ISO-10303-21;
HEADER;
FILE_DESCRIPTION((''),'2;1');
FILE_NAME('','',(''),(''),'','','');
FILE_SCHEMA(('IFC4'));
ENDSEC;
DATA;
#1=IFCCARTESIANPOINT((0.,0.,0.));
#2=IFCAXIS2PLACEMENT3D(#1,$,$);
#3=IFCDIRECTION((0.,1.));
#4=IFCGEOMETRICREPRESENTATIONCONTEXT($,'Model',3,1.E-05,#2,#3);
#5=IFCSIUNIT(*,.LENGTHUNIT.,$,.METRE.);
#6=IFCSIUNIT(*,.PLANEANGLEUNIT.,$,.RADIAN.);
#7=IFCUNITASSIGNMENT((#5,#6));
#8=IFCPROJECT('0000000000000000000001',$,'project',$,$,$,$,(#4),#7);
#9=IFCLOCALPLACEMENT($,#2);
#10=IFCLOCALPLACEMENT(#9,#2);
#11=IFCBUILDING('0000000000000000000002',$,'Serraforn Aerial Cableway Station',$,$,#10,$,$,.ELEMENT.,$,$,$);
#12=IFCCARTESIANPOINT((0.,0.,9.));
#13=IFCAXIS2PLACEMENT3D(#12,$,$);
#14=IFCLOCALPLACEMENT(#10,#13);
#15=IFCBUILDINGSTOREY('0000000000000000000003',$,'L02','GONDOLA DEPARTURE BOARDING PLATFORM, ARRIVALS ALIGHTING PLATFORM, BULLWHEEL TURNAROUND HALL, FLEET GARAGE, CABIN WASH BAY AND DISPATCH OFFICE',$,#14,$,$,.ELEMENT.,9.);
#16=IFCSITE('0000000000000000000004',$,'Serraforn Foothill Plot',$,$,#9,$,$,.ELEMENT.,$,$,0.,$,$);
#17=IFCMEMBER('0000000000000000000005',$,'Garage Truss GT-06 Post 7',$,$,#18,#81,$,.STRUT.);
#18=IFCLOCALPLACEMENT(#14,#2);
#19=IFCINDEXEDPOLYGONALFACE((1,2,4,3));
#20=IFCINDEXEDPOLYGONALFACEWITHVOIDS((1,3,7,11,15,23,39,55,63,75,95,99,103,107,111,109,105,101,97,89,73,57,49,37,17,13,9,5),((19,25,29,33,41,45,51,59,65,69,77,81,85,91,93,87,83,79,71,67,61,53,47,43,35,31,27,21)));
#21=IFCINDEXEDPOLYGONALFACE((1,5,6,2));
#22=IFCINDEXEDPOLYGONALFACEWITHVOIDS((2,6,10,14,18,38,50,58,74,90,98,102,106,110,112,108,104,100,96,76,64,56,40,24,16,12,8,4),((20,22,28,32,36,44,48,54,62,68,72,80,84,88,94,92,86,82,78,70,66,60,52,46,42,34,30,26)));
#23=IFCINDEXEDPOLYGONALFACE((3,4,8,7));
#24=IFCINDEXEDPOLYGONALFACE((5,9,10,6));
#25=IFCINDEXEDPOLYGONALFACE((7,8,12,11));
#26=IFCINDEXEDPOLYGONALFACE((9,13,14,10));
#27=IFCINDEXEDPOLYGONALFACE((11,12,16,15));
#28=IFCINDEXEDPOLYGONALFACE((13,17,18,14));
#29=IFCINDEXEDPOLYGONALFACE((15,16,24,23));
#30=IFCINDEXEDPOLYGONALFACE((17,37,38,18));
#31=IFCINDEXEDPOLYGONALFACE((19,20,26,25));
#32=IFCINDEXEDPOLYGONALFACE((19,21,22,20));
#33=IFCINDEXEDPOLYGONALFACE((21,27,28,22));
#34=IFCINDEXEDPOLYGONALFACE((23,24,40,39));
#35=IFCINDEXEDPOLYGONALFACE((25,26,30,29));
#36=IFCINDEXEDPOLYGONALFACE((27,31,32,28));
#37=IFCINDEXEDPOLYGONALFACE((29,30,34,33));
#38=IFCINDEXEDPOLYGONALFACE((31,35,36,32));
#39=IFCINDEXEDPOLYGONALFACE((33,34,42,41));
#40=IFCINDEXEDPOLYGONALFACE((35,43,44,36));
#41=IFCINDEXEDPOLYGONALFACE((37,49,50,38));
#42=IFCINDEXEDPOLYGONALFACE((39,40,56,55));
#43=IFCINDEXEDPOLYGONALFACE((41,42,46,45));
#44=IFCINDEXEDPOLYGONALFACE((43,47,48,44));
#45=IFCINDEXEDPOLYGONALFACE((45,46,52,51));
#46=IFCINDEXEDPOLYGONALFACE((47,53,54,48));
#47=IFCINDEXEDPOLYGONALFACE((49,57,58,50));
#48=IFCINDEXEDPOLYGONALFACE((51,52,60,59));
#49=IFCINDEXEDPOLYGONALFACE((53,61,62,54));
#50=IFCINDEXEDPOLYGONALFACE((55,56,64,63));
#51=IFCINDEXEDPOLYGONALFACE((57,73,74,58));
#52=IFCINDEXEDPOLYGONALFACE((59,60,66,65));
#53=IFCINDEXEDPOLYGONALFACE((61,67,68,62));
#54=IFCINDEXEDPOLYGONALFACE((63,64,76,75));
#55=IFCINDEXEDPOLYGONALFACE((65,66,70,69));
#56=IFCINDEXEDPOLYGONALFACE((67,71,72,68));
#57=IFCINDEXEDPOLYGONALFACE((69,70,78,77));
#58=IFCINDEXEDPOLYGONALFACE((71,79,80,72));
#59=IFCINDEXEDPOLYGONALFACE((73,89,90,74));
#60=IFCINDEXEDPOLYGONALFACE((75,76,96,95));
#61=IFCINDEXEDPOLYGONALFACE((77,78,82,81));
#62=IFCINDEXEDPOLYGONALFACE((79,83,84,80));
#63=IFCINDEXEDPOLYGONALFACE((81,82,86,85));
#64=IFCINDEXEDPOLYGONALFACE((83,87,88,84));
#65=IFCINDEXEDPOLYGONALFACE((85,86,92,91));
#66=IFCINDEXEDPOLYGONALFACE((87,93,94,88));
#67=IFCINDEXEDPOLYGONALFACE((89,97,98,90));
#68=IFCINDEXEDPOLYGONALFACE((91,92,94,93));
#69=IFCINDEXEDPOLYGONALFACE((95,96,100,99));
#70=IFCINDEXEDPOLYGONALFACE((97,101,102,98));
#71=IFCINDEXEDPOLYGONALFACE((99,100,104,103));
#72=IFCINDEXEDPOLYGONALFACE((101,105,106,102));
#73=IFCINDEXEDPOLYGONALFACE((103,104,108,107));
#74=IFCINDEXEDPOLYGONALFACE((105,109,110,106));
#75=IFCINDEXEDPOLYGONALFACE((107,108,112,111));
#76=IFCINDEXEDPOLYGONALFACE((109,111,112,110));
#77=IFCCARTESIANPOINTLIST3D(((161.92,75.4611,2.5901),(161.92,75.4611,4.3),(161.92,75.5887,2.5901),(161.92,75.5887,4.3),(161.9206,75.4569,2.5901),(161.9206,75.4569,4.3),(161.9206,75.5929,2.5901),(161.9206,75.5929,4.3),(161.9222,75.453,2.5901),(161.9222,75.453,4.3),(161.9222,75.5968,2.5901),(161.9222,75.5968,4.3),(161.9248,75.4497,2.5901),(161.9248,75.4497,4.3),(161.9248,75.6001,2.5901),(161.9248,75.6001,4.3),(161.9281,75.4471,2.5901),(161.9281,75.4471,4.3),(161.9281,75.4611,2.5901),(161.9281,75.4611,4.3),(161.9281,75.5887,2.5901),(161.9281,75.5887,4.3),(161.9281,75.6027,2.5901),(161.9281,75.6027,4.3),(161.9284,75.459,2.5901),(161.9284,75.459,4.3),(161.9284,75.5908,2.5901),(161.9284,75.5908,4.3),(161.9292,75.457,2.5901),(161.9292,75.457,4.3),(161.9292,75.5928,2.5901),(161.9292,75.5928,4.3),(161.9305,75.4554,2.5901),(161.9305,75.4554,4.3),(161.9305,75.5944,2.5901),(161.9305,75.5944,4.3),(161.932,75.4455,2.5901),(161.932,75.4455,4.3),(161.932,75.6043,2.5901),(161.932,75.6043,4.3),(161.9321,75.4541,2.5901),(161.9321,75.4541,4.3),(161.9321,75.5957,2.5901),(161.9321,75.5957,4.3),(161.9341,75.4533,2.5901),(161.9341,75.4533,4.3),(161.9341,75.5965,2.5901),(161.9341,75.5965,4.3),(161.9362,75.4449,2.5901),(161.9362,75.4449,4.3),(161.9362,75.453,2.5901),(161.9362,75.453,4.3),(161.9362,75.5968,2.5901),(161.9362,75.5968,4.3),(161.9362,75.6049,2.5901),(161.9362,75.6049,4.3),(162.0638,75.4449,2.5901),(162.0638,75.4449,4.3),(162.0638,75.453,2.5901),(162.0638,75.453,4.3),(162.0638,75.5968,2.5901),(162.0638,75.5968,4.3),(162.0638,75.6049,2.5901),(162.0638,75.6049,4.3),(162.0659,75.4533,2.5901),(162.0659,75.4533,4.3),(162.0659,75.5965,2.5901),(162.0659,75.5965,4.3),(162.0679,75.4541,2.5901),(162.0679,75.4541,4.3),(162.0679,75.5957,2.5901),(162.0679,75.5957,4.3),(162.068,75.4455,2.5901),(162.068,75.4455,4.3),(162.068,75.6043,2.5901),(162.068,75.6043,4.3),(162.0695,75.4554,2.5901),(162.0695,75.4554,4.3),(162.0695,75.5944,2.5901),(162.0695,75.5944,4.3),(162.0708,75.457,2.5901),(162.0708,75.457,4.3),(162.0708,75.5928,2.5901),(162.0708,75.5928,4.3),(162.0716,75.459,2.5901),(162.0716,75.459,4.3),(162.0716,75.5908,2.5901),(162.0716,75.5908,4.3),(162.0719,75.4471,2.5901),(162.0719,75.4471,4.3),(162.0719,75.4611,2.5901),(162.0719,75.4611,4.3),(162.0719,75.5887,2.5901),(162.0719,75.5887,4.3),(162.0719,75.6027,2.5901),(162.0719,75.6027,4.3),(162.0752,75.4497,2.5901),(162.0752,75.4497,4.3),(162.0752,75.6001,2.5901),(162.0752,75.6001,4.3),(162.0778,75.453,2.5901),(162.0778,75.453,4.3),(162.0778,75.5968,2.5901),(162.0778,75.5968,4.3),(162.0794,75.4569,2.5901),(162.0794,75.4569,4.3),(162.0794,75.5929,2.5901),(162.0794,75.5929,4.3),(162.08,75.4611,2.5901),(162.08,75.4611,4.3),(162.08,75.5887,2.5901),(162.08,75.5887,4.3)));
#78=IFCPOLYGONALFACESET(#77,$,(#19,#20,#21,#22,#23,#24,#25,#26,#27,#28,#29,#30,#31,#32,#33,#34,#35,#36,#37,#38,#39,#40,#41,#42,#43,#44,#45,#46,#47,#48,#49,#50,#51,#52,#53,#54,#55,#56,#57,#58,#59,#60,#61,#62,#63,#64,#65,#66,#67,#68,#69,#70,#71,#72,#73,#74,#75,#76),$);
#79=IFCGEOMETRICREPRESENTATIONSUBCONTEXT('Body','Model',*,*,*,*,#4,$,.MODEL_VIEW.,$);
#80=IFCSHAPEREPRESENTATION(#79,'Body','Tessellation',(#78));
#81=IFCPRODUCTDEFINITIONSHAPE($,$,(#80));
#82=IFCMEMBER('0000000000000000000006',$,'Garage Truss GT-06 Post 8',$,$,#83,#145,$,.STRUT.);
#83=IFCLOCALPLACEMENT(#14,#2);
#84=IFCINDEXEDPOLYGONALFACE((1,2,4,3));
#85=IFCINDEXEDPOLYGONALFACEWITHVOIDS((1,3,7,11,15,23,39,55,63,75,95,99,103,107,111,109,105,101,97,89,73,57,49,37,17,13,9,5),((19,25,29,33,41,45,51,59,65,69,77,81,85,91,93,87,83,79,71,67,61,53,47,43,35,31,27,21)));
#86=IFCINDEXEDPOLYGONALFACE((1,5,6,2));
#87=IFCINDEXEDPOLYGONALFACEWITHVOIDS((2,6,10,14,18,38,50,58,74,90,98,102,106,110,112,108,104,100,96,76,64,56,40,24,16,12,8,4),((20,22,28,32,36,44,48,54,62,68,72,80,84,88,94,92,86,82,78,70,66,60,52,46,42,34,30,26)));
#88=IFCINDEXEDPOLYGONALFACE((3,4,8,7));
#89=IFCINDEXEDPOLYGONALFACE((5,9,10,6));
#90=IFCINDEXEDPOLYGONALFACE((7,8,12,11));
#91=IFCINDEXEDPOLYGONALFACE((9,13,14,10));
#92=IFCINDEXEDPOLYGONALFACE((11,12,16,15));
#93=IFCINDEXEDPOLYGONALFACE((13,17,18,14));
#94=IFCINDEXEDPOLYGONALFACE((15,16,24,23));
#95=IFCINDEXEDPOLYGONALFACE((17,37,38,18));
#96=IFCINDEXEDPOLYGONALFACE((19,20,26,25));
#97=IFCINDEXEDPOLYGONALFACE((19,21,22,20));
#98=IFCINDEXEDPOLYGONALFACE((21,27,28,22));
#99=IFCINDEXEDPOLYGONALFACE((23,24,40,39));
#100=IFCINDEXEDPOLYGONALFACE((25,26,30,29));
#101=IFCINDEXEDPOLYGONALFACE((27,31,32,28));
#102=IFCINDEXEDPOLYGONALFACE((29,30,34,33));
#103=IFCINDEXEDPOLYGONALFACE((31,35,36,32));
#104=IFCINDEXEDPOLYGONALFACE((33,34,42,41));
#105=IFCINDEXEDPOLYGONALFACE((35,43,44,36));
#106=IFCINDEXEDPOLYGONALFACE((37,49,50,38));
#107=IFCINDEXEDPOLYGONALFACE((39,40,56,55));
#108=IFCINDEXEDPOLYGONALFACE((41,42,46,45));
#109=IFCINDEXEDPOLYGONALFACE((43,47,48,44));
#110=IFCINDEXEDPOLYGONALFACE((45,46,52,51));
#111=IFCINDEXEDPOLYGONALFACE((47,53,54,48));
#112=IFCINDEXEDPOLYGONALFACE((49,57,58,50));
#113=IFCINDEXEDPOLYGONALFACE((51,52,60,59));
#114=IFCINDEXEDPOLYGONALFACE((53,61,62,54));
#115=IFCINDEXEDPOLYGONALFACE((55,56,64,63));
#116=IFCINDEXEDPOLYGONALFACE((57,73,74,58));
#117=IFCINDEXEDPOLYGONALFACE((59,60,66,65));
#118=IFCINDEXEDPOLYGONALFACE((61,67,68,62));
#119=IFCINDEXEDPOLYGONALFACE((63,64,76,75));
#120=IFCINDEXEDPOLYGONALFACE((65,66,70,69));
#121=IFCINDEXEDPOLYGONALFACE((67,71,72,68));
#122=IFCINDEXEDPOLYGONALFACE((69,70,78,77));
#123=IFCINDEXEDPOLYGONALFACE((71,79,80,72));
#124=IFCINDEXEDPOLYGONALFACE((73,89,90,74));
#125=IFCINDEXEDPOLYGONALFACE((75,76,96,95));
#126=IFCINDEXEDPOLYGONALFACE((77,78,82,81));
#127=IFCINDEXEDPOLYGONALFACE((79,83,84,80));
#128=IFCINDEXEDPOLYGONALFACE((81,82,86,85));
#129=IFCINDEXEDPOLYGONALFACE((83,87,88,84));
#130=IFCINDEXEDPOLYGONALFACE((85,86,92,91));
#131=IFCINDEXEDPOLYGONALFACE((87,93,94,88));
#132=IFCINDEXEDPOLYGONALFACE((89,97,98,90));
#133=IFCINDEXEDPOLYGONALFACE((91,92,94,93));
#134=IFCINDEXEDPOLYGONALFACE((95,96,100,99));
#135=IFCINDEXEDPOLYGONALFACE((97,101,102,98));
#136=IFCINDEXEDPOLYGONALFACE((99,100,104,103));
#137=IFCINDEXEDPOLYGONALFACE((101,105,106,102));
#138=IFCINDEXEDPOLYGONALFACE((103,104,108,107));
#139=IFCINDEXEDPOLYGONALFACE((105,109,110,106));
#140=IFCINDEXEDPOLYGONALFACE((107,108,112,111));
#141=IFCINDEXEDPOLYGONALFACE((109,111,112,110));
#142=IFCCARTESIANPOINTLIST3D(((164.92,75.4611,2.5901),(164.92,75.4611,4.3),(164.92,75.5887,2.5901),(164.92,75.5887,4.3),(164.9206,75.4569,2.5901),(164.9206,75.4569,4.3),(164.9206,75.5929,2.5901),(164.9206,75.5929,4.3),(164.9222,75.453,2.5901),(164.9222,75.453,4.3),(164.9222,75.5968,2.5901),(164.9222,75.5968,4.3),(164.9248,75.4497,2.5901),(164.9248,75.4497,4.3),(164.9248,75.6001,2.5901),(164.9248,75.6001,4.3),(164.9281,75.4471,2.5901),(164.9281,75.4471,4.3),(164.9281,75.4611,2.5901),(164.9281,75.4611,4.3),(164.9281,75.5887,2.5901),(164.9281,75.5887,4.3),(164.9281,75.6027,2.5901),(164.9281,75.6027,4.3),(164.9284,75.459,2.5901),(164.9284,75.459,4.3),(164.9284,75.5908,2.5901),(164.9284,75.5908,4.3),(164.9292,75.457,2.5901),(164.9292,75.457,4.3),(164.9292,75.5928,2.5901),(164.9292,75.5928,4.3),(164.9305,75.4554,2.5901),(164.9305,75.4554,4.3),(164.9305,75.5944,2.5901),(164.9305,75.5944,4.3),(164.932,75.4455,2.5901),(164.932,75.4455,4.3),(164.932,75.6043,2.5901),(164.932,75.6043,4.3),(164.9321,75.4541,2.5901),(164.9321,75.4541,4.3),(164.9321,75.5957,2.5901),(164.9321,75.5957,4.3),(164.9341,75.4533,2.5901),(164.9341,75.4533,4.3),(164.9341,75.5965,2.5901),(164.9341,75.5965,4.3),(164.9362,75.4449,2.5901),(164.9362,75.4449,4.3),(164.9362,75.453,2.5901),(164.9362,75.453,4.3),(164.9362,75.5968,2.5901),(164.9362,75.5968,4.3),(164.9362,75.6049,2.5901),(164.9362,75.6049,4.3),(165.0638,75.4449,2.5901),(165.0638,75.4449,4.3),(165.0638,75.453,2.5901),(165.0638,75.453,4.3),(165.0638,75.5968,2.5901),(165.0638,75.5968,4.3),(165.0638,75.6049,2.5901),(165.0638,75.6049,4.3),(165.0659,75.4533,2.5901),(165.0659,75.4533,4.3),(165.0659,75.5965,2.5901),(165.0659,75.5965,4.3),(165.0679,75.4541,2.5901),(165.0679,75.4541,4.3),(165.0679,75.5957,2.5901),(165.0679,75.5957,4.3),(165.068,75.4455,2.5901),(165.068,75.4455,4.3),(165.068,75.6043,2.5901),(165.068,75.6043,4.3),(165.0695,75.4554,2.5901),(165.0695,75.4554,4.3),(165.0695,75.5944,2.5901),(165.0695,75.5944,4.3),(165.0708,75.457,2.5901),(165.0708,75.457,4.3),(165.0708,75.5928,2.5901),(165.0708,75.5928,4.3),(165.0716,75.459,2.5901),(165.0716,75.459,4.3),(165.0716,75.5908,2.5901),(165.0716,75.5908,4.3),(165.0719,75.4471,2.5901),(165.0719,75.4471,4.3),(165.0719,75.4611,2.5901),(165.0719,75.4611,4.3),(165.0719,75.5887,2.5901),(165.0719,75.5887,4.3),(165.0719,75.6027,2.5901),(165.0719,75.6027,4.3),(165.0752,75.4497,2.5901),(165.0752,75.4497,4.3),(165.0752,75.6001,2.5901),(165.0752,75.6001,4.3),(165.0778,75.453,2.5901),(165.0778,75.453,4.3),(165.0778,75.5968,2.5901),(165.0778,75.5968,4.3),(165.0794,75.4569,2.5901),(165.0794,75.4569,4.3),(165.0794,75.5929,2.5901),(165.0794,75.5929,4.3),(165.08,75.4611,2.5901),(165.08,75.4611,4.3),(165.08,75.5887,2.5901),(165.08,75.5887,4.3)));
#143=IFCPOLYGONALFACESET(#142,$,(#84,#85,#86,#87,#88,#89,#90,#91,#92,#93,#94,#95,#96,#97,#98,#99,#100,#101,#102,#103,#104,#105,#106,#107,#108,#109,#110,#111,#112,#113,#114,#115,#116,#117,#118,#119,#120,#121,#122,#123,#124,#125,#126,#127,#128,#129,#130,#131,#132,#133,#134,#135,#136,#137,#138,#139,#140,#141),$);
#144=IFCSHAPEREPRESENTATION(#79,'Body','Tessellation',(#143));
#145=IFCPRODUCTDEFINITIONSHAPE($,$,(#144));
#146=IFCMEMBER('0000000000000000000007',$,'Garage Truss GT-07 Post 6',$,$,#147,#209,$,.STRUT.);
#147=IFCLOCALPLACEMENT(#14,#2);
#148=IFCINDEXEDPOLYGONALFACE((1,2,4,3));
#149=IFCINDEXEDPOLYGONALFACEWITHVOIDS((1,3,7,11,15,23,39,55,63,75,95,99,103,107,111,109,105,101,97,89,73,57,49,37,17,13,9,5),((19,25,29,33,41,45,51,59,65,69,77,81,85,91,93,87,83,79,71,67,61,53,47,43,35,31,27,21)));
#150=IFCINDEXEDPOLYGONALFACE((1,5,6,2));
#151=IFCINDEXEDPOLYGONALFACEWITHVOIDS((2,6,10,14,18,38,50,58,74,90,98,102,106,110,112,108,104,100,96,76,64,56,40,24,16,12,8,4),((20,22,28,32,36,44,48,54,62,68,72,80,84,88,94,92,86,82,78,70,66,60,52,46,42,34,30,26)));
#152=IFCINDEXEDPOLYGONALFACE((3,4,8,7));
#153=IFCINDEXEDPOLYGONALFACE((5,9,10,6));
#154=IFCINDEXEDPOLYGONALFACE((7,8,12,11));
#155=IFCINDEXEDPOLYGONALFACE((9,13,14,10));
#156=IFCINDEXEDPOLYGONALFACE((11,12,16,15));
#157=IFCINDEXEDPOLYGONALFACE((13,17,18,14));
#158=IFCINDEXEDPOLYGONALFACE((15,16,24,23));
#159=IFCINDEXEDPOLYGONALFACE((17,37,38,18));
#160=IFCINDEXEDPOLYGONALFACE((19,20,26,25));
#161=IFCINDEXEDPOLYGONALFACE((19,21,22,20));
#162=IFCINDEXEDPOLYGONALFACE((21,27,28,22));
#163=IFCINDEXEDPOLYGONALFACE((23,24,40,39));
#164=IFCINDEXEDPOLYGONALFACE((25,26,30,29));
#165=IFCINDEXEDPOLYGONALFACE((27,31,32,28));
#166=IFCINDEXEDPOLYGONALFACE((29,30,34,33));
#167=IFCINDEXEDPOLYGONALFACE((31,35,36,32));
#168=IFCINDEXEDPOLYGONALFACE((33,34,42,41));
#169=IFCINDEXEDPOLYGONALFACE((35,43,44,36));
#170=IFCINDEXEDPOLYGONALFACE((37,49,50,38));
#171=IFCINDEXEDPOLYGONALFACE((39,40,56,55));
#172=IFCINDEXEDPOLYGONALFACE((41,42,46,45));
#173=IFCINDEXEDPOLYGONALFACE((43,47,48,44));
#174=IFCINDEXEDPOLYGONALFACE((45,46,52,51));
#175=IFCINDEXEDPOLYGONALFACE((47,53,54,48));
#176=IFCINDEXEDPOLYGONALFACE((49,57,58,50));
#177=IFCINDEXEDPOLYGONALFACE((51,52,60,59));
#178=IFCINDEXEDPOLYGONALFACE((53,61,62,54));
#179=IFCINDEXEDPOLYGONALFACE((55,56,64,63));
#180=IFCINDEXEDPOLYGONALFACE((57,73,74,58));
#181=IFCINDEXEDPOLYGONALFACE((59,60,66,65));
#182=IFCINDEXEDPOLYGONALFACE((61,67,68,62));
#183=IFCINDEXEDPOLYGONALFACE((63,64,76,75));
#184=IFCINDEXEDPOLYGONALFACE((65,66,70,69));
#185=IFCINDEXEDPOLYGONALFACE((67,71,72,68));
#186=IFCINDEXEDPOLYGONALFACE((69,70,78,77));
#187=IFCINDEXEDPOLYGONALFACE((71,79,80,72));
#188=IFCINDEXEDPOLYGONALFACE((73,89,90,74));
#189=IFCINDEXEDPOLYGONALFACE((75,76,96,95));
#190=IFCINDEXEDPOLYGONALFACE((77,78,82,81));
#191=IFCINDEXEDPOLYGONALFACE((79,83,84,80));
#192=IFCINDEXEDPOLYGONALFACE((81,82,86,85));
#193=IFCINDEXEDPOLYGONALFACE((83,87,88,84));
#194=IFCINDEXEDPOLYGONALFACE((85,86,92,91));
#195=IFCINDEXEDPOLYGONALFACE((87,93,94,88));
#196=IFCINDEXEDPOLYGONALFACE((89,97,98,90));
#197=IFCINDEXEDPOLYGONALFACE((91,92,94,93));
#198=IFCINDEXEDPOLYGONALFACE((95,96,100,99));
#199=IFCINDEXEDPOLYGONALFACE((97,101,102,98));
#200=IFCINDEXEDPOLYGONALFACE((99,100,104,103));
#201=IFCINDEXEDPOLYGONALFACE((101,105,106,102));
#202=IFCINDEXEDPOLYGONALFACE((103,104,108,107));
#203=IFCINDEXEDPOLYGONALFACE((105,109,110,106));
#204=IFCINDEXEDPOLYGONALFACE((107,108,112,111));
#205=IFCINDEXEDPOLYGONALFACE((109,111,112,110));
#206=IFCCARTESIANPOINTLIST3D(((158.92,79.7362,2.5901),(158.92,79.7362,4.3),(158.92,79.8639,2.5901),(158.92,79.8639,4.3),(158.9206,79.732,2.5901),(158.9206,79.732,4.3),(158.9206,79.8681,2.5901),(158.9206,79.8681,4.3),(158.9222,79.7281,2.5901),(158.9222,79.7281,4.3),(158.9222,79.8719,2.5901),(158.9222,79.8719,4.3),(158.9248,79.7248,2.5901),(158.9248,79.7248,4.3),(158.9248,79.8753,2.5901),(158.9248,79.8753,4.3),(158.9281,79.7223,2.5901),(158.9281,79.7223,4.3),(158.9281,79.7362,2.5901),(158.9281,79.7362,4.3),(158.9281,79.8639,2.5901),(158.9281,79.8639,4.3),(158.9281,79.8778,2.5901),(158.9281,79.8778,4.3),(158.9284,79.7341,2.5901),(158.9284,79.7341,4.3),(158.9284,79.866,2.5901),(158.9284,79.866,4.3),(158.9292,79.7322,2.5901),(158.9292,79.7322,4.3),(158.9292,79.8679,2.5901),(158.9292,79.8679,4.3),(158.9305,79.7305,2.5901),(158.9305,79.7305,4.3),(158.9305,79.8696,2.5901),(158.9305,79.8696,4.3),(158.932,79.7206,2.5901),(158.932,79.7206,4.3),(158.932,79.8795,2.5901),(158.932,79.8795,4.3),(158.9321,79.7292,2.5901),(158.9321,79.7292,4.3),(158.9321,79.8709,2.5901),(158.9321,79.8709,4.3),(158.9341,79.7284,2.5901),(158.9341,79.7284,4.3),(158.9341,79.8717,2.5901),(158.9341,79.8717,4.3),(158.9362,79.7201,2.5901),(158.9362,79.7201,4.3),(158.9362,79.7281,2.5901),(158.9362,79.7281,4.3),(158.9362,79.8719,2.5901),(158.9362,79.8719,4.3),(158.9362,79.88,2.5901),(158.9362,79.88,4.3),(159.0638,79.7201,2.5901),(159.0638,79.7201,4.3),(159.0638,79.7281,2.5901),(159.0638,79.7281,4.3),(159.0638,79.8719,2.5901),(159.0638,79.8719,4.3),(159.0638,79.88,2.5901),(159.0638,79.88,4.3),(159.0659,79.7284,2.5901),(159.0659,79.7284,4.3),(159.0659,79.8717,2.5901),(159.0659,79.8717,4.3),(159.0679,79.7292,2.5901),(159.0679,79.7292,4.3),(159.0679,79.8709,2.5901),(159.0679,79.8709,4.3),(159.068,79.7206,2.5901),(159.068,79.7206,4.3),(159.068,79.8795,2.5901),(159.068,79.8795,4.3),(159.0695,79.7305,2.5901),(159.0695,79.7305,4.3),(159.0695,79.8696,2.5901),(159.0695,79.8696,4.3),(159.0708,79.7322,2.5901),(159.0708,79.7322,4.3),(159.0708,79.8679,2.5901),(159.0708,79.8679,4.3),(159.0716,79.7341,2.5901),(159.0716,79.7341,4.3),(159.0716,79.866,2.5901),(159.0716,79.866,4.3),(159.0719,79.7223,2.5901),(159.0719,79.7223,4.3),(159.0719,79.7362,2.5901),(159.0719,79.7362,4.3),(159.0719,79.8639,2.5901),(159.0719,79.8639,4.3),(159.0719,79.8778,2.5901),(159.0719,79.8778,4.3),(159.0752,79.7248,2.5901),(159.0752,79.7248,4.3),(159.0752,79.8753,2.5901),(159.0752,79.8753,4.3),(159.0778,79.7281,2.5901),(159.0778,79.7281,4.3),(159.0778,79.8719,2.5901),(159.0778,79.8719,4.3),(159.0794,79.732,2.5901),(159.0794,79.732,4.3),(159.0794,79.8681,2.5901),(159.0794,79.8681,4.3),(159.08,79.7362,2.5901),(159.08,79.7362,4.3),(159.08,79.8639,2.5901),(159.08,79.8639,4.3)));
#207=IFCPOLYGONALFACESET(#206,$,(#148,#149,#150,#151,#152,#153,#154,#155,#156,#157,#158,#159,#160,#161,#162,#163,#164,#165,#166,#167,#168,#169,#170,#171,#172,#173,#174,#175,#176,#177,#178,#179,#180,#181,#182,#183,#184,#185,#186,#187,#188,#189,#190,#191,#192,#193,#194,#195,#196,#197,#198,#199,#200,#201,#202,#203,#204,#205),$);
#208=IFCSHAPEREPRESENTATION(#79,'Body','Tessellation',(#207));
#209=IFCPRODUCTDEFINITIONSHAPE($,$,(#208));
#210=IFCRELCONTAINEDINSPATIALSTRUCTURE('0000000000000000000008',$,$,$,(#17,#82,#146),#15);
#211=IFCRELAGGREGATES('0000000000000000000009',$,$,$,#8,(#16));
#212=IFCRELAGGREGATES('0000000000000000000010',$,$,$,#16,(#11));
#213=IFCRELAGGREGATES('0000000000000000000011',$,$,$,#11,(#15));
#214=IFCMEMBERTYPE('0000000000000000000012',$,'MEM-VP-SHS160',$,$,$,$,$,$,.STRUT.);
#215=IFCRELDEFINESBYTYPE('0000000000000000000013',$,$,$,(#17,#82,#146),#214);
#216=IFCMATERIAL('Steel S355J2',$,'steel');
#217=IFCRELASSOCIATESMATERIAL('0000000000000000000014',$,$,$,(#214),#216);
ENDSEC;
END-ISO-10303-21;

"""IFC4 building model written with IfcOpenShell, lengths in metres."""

from ifc_helpers import new_model, si_unit, direction, frame, origin, origin_2d, place, context, subcontext, project, spatial, hollow_rectangle, extrude, material, material_profile, profile_set, type_object, element, save


model = new_model("IFC4")

# Units and contexts
model_context = context("Model", 3, precision=1e-05, world=origin(), true_north=direction((0.0, 1.0)))
body_context = subcontext(model_context, "Body", "Model", "MODEL_VIEW")
ifc_project = project(units=[si_unit("LENGTHUNIT", "METRE"), si_unit("PLANEANGLEUNIT", "RADIAN")], contexts=[model_context])

# Site, building, storey
site_placement = place(None, origin())
site = spatial("IfcSite", under=ifc_project, at=site_placement, Name="Serraforn Foothill Plot", CompositionType="ELEMENT", RefElevation=0.0)
building_placement = place(site_placement, origin())
building = spatial("IfcBuilding", under=site, at=building_placement, Name="Serraforn Aerial Cableway Station", CompositionType="ELEMENT")
storey_placement = place(building_placement, frame((0.0, 0.0, 9.0)))
storey = spatial("IfcBuildingStorey", under=building, at=storey_placement, Name="L02", Description="GONDOLA DEPARTURE BOARDING PLATFORM, ARRIVALS ALIGHTING PLATFORM, BULLWHEEL TURNAROUND HALL, FLEET GARAGE, CABIN WASH BAY AND DISPATCH OFFICE", CompositionType="ELEMENT", Elevation=9.0)

# Members
ifc_material_1 = material(Name="Steel S355J2", Category="steel")
ifc_material_profile_1 = material_profile(ifc_material_1, hollow_rectangle(XDim=0.1599, YDim=0.1599, WallThickness=0.0081, InnerFilletRadius=0.0081, OuterFilletRadius=0.0161, at=origin_2d()), Name="SHS 160x160x8.0")
ifc_profile_set_1 = profile_set([ifc_material_profile_1], Name="Steel S355J2")
member_type_1 = type_object("IfcMemberType", Name="MEM-VP-SHS160", PredefinedType="STRUT", material=ifc_profile_set_1)
for number, where, z_axis, x_axis, name in (
    (1, (162.0, 75.5249, 2.5901), (0.0, 0.0, 1.0), (1.0, 0.0, 0.0), "Garage Truss GT-06 Post 7"),
    (2, (165.0, 75.5249, 2.5901), (0.0, 0.0, 1.0), (1.0, 0.0, 0.0), "Garage Truss GT-06 Post 8"),
    (3, (159.0, 79.8, 2.5901), (0.0, 0.0, 1.0), (1.0, 0.0, 0.0), "Garage Truss GT-07 Post 6"),
):
    element("IfcMember", number, at=place(storey_placement, frame(where, z_axis=z_axis, x_axis=x_axis)), inside=storey, type_object=member_type_1, Name=name, PredefinedType="STRUT", context=body_context, shape_type="SweptSolid", body=[
        extrude(hollow_rectangle(XDim=0.1599, YDim=0.1599, WallThickness=0.0081, InnerFilletRadius=0.0081, OuterFilletRadius=0.0161, at=origin_2d()), origin(), (0.0, 0.0, 1.0), 1.71),
    ])

save(model, "model.ifc")
